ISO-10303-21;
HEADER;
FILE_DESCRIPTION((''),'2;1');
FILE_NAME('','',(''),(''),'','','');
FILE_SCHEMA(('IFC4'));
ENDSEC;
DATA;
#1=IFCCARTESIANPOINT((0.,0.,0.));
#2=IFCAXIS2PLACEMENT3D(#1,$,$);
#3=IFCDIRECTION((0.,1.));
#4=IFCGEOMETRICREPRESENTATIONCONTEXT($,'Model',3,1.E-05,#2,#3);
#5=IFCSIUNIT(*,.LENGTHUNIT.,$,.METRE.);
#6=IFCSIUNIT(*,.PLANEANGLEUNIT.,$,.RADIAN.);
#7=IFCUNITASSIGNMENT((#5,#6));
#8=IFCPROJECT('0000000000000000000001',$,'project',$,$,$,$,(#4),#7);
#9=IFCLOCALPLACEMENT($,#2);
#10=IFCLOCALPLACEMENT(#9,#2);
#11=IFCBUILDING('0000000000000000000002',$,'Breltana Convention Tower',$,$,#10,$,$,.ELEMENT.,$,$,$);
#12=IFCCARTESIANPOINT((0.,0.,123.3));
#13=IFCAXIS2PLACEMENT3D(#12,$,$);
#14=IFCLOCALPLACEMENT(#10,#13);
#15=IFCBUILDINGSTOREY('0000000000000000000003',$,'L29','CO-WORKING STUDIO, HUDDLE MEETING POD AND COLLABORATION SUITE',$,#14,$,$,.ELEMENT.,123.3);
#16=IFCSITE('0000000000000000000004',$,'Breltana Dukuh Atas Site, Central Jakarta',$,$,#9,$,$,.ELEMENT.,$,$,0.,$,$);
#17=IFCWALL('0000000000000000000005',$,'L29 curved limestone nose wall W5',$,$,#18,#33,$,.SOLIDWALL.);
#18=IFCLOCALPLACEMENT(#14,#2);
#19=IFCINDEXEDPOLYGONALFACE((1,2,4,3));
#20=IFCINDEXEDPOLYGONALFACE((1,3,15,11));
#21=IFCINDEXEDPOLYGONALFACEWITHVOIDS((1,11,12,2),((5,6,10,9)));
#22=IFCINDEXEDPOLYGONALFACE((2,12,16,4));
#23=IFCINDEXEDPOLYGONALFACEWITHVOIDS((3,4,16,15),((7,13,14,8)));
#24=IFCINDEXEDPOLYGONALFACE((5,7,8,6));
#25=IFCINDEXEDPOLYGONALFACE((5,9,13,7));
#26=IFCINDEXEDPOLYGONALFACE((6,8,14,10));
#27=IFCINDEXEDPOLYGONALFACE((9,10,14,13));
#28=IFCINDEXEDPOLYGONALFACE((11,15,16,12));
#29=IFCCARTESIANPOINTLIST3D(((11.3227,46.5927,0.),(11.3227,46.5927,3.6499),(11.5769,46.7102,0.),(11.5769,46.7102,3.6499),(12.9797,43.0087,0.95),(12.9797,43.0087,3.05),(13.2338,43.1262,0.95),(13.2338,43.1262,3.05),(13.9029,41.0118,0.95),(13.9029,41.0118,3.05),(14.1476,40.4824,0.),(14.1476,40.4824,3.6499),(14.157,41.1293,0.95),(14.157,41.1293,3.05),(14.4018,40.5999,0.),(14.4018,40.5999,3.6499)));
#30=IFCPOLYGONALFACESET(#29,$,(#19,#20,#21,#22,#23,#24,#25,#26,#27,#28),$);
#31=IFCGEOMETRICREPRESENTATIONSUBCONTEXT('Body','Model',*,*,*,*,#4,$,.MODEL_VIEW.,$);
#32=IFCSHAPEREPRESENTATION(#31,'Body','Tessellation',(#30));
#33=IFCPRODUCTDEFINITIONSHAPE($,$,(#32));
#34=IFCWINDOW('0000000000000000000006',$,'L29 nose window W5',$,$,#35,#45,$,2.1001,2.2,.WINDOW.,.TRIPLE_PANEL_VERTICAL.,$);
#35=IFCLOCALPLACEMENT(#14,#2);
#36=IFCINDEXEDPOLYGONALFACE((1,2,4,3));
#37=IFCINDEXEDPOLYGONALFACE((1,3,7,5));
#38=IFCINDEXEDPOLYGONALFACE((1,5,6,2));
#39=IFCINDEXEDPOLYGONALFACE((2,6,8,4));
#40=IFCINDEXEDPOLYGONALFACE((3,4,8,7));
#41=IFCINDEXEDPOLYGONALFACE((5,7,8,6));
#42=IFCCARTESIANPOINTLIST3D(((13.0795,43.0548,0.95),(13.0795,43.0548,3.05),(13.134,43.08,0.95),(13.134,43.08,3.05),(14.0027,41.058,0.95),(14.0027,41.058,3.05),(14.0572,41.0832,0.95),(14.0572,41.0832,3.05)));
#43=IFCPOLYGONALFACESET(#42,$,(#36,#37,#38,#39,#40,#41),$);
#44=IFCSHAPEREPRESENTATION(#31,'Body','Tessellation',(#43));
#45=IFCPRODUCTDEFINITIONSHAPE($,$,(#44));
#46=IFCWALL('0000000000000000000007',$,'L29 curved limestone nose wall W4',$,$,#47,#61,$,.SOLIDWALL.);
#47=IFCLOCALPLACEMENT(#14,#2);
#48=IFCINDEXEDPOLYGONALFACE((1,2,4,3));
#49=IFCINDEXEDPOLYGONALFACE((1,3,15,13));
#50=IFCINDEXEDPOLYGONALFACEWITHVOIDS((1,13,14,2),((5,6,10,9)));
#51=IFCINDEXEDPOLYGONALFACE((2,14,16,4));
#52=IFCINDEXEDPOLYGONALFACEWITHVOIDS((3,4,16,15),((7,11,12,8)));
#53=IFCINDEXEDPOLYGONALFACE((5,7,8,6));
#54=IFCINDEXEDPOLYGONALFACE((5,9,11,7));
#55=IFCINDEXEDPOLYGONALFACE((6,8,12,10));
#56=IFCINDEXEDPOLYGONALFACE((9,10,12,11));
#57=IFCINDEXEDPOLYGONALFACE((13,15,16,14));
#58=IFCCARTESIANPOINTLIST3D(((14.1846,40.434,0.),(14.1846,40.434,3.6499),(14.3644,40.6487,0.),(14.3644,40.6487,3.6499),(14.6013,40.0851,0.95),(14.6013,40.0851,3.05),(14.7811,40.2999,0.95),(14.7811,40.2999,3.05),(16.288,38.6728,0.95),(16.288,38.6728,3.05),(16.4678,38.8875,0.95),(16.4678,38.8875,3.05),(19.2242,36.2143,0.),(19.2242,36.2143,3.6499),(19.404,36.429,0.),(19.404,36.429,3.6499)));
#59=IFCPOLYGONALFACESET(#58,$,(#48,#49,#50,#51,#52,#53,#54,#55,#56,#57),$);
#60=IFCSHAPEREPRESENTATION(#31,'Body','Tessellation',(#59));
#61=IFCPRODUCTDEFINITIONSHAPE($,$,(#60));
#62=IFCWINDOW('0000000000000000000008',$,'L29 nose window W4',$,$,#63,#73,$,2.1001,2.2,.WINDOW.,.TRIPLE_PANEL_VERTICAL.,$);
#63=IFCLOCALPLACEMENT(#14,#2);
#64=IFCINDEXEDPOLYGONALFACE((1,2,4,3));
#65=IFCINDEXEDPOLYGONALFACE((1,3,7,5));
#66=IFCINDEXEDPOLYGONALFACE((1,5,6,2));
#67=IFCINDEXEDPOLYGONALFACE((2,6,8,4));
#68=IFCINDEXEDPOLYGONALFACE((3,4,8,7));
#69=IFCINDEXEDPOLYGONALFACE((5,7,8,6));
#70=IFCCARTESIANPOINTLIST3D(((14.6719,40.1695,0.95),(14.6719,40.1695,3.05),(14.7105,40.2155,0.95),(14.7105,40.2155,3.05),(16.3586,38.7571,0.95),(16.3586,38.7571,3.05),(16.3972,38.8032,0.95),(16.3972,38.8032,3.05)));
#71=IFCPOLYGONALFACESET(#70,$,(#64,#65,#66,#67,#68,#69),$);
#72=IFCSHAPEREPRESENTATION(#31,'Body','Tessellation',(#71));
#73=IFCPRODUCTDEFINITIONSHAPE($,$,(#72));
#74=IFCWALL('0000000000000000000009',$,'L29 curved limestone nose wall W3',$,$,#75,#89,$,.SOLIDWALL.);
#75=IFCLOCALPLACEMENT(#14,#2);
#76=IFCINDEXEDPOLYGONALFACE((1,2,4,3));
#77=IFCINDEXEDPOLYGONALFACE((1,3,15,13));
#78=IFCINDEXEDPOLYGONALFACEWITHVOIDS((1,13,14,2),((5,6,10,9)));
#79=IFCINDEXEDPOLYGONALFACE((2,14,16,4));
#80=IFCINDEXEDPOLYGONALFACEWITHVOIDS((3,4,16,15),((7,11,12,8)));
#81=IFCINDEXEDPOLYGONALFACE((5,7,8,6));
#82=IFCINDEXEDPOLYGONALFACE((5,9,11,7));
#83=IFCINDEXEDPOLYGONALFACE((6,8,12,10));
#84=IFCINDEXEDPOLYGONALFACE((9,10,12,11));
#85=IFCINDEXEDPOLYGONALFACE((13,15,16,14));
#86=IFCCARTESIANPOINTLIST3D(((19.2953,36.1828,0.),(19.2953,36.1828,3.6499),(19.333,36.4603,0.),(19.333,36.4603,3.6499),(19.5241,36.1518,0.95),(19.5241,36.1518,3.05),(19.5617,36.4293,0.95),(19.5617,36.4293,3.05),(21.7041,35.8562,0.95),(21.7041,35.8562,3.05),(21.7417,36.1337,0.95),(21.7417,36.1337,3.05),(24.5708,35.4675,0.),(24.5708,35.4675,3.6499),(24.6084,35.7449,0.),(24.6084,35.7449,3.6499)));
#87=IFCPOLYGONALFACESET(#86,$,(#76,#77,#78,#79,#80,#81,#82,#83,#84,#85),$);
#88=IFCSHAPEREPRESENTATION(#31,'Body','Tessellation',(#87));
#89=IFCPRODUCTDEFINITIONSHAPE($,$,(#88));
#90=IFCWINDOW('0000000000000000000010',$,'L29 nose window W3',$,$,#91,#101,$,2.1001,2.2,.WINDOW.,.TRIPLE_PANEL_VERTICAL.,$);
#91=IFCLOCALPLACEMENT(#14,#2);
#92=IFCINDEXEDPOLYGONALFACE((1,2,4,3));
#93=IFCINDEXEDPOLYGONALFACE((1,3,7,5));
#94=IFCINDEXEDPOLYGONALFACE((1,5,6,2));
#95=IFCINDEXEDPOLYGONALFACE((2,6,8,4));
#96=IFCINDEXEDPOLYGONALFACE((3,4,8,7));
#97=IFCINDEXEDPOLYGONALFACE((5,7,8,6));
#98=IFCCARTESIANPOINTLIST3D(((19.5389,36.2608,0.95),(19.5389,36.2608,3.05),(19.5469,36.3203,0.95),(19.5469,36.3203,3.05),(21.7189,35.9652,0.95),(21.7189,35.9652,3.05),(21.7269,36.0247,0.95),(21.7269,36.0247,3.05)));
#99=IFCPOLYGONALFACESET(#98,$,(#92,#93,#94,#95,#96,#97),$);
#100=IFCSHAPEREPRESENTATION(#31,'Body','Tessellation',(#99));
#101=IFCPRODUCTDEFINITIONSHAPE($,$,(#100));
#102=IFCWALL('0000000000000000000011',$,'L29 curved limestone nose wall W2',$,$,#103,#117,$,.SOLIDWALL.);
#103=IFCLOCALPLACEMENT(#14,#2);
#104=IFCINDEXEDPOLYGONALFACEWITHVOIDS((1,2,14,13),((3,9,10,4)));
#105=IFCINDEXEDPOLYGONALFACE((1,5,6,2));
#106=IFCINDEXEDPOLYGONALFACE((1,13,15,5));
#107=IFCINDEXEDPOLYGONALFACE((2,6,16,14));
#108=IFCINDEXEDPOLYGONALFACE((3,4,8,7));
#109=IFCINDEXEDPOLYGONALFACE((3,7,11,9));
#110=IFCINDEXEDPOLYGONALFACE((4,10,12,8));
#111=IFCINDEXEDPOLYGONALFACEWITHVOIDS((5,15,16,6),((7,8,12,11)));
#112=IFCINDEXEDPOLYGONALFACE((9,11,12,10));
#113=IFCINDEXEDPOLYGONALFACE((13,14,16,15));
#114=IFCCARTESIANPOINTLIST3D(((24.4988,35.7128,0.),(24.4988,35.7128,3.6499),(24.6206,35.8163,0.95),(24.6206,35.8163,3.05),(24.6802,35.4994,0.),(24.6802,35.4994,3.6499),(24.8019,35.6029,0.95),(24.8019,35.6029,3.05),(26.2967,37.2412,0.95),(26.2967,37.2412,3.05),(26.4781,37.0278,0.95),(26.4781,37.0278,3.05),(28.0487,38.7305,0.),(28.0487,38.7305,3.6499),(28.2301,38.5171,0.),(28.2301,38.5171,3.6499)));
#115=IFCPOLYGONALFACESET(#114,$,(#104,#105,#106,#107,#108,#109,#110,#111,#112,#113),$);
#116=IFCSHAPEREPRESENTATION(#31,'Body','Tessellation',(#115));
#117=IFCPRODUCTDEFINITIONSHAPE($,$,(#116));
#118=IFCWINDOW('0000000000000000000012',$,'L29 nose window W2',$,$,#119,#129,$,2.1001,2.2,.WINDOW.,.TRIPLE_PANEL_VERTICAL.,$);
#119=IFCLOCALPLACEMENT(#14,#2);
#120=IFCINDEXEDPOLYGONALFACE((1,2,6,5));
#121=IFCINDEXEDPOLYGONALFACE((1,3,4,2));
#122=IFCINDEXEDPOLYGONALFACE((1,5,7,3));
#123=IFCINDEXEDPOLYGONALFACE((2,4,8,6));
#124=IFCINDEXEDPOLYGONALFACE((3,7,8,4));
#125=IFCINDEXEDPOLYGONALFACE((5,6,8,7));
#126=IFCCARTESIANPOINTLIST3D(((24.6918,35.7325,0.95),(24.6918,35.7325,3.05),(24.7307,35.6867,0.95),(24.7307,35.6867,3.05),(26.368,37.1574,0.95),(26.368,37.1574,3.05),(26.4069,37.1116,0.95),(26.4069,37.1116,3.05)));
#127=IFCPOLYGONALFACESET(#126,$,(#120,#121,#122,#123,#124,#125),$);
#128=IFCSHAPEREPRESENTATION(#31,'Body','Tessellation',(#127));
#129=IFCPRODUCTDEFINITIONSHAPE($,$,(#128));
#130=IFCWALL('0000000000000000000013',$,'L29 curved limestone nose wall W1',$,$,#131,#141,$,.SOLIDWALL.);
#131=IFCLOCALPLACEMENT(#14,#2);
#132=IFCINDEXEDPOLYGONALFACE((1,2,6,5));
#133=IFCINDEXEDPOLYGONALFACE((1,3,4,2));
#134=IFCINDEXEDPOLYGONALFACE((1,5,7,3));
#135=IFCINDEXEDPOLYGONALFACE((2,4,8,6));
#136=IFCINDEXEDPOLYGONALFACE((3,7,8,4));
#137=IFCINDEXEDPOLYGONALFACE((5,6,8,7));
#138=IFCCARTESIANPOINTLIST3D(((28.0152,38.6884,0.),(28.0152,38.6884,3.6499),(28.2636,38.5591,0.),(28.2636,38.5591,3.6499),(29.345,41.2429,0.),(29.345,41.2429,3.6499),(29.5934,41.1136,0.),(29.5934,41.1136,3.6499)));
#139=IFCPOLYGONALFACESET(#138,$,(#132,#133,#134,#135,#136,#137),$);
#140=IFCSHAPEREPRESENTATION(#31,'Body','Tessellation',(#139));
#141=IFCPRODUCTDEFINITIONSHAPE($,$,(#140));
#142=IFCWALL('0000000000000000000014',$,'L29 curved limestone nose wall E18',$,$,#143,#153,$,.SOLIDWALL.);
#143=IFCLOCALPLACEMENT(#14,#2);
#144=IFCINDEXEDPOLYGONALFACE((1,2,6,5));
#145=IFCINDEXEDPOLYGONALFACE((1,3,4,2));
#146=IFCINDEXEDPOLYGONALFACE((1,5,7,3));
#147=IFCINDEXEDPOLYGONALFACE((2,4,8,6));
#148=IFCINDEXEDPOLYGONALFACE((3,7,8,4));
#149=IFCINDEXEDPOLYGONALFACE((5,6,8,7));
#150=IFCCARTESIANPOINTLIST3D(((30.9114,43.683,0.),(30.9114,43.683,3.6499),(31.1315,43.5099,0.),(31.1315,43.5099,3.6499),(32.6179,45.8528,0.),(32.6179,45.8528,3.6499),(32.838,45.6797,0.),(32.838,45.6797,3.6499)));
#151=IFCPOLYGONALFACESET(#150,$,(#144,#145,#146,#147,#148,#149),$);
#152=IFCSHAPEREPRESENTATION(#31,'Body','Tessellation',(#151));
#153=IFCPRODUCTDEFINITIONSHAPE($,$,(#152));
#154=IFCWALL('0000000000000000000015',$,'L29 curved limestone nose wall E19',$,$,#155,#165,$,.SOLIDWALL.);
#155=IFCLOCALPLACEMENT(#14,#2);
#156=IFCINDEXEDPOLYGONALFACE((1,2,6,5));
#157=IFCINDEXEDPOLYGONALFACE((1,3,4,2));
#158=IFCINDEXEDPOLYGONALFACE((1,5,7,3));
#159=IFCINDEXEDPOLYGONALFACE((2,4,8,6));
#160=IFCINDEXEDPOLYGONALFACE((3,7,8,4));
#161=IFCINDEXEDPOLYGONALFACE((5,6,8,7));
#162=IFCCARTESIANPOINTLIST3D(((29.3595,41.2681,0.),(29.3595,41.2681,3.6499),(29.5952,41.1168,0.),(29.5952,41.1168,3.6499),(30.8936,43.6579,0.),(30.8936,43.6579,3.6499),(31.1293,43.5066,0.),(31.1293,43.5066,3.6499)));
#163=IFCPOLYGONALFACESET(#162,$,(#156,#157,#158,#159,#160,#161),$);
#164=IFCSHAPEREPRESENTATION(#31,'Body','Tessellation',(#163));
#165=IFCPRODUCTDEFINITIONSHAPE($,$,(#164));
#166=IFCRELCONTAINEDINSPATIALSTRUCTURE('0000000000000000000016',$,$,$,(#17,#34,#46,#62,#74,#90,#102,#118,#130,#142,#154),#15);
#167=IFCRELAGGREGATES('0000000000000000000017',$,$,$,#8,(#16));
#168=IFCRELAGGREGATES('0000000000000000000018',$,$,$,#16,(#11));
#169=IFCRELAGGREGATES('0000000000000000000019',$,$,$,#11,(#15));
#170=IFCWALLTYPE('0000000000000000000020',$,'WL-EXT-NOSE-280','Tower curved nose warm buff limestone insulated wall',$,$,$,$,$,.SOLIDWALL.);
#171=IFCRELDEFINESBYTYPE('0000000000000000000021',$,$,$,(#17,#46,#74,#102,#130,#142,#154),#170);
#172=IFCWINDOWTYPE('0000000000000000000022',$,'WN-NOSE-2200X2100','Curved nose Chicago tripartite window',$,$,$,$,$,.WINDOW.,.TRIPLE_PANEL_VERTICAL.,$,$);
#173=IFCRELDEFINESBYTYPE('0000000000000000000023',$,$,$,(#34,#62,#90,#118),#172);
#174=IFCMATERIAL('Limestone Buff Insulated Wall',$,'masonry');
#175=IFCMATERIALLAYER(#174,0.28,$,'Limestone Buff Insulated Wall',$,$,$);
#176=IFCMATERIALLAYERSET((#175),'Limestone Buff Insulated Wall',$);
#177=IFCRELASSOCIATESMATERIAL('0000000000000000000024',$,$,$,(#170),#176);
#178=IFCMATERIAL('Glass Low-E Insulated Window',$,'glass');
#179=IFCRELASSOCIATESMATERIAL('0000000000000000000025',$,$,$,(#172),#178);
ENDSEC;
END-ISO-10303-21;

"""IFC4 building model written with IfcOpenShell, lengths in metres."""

from ifc_helpers import new_model, si_unit, direction, frame, frame_2d, origin, place, context, subcontext, project, spatial, rectangle, extrude, source, transform, mapped, material, layer, layer_set, type_object, type_shapes, element, fill, save


model = new_model("IFC4")

# Units and contexts
model_context = context("Model", 3, precision=1e-05, world=origin(), true_north=direction((0.0, 1.0)))
body_context = subcontext(model_context, "Body", "Model", "MODEL_VIEW")
ifc_project = project(units=[si_unit("LENGTHUNIT", "METRE"), si_unit("PLANEANGLEUNIT", "RADIAN")], contexts=[model_context])

# Site, building, storey
site_placement = place(None, origin())
site = spatial("IfcSite", under=ifc_project, at=site_placement, Name="Breltana Dukuh Atas Site, Central Jakarta", CompositionType="ELEMENT", RefElevation=0.0)
building_placement = place(site_placement, origin())
building = spatial("IfcBuilding", under=site, at=building_placement, Name="Breltana Convention Tower", CompositionType="ELEMENT")
storey_placement = place(building_placement, frame((0.0, 0.0, 123.3)))
storey = spatial("IfcBuildingStorey", under=building, at=storey_placement, Name="L29", Description="CO-WORKING STUDIO, HUDDLE MEETING POD AND COLLABORATION SUITE", CompositionType="ELEMENT", Elevation=123.3)

# Walls, openings, windows
ifc_material_1 = material(Name="Limestone Buff Insulated Wall", Category="masonry")
ifc_layer_1 = layer(ifc_material_1, 0.28, Name="Limestone Buff Insulated Wall")
ifc_layer_set_1 = layer_set([ifc_layer_1], Name="Limestone Buff Insulated Wall")
wall_type_1 = type_object("IfcWallType", Name="WL-EXT-NOSE-280", Description="Tower curved nose warm buff limestone insulated wall", PredefinedType="SOLIDWALL", material=ifc_layer_set_1)
shared_shape_1 = source(origin(), body_context, "Body", "SweptSolid", [
    extrude(rectangle(XDim=6.7317, YDim=0.28, at=frame_2d((3.3657, 0.0))), origin(), (0.0, 0.0, 1.0), 3.6499),
])
wall_1_placement = place(storey_placement, frame((14.2747, 40.5413, 0.0), z_axis=(0.0, 0.0, 1.0), x_axis=(-0.419645, 0.907689, 0.0)))
wall_1 = element("IfcWall", 1, at=wall_1_placement, inside=storey, type_object=wall_type_1, Name="L29 curved limestone nose wall W5", PredefinedType="SOLIDWALL", context=body_context, shape_type="MappedRepresentation", body=[
    mapped(shared_shape_1, transform((0.0, 0.0, 0.0), scale=1.0)),
])
opening_1_placement = place(wall_1_placement, frame((0.583, 0.0, 0.95)))
opening_1 = element("IfcOpeningElement", 2, at=opening_1_placement, cuts=wall_1, PredefinedType="OPENING", context=body_context, shape_type="SweptSolid", body=[
    extrude(rectangle(XDim=2.2, YDim=2.1001, at=frame_2d((1.1001, 1.05))), frame((0.0, 0.1499, 0.0), z_axis=(0.0, -1.0, 0.0), x_axis=(1.0, 0.0, 0.0)), (0.0, 0.0, 1.0), 0.3),
])
ifc_material_2 = material(Name="Glass Low-E Insulated Window", Category="glass")
window_type = type_object("IfcWindowType", Name="WN-NOSE-2200X2100", Description="Curved nose Chicago tripartite window", PartitioningType="TRIPLE_PANEL_VERTICAL", PredefinedType="WINDOW", material=ifc_material_2)
shared_shape_2 = source(origin(), body_context, "Body", "SweptSolid", [
    extrude(rectangle(XDim=2.2, YDim=2.1001, at=frame_2d((1.1001, 1.05))), frame((0.0, 0.03, 0.0), z_axis=(0.0, -1.0, 0.0), x_axis=(1.0, 0.0, 0.0)), (0.0, 0.0, 1.0), 0.0601),
])
type_shapes(window_type, [shared_shape_2])
window_1_placement = place(opening_1_placement, origin())
window_1 = element("IfcWindow", 3, at=window_1_placement, inside=storey, type_object=window_type, Name="L29 nose window W5", OverallHeight=2.1001, OverallWidth=2.2, PartitioningType="TRIPLE_PANEL_VERTICAL", PredefinedType="WINDOW", context=body_context, shape_type="MappedRepresentation", body=[
    mapped(shared_shape_2, transform((0.0, 0.0, 0.0), scale=1.0)),
])
fill(opening_1, window_1)
shared_shape_3 = source(origin(), body_context, "Body", "SweptSolid", [
    extrude(rectangle(XDim=6.573, YDim=0.28, at=frame_2d((3.2866, 0.0))), origin(), (0.0, 0.0, 1.0), 3.6499),
])
wall_2_placement = place(storey_placement, frame((19.3142, 36.3215, 0.0), z_axis=(0.0, 0.0, 1.0), x_axis=(-0.766715, 0.641987, 0.0)))
wall_2 = element("IfcWall", 4, at=wall_2_placement, inside=storey, type_object=wall_type_1, Name="L29 curved limestone nose wall W4", PredefinedType="SOLIDWALL", context=body_context, shape_type="MappedRepresentation", body=[
    mapped(shared_shape_3, transform((0.0, 0.0, 0.0), scale=1.0)),
])
opening_2_placement = place(wall_2_placement, frame((3.8296, 0.0, 0.95)))
opening_2 = element("IfcOpeningElement", 5, at=opening_2_placement, cuts=wall_2, PredefinedType="OPENING", context=body_context, shape_type="SweptSolid", body=[
    extrude(rectangle(XDim=2.2, YDim=2.1001, at=frame_2d((1.1001, 1.05))), frame((0.0, 0.1499, 0.0), z_axis=(0.0, -1.0, 0.0), x_axis=(1.0, 0.0, 0.0)), (0.0, 0.0, 1.0), 0.3),
])
window_2_placement = place(opening_2_placement, origin())
window_2 = element("IfcWindow", 6, at=window_2_placement, inside=storey, type_object=window_type, Name="L29 nose window W4", OverallHeight=2.1001, OverallWidth=2.2, PartitioningType="TRIPLE_PANEL_VERTICAL", PredefinedType="WINDOW", context=body_context, shape_type="MappedRepresentation", body=[
    mapped(shared_shape_2, transform((0.0, 0.0, 0.0), scale=1.0)),
])
fill(opening_2, window_2)
shared_shape_4 = source(origin(), body_context, "Body", "SweptSolid", [
    extrude(rectangle(XDim=5.3237, YDim=0.28, at=frame_2d((2.6619, 0.0))), origin(), (0.0, 0.0, 1.0), 3.6499),
])
wall_3_placement = place(storey_placement, frame((24.5896, 35.6062, 0.0), z_axis=(0.0, 0.0, 1.0), x_axis=(-0.990931, 0.134368, 0.0)))
wall_3 = element("IfcWall", 7, at=wall_3_placement, inside=storey, type_object=wall_type_1, Name="L29 curved limestone nose wall W3", PredefinedType="SOLIDWALL", context=body_context, shape_type="MappedRepresentation", body=[
    mapped(shared_shape_4, transform((0.0, 0.0, 0.0), scale=1.0)),
])
opening_3_placement = place(wall_3_placement, frame((2.8928, 0.0, 0.95)))
opening_3 = element("IfcOpeningElement", 8, at=opening_3_placement, cuts=wall_3, PredefinedType="OPENING", context=body_context, shape_type="SweptSolid", body=[
    extrude(rectangle(XDim=2.2, YDim=2.1001, at=frame_2d((1.1001, 1.05))), frame((0.0, 0.1499, 0.0), z_axis=(0.0, -1.0, 0.0), x_axis=(1.0, 0.0, 0.0)), (0.0, 0.0, 1.0), 0.3),
])
window_3_placement = place(opening_3_placement, origin())
window_3 = element("IfcWindow", 9, at=window_3_placement, inside=storey, type_object=window_type, Name="L29 nose window W3", OverallHeight=2.1001, OverallWidth=2.2, PartitioningType="TRIPLE_PANEL_VERTICAL", PredefinedType="WINDOW", context=body_context, shape_type="MappedRepresentation", body=[
    mapped(shared_shape_2, transform((0.0, 0.0, 0.0), scale=1.0)),
])
fill(opening_3, window_3)
shared_shape_5 = source(origin(), body_context, "Body", "SweptSolid", [
    extrude(rectangle(XDim=4.6592, YDim=0.28, at=frame_2d((2.3296, 0.0))), origin(), (0.0, 0.0, 1.0), 3.6499),
])
wall_4_placement = place(storey_placement, frame((28.1394, 38.6238, 0.0), z_axis=(0.0, 0.0, 1.0), x_axis=(-0.761913, -0.647679, 0.0)))
wall_4 = element("IfcWall", 10, at=wall_4_placement, inside=storey, type_object=wall_type_1, Name="L29 curved limestone nose wall W2", PredefinedType="SOLIDWALL", context=body_context, shape_type="MappedRepresentation", body=[
    mapped(shared_shape_5, transform((0.0, 0.0, 0.0), scale=1.0)),
])
opening_4_placement = place(wall_4_placement, frame((2.2993, 0.0, 0.95)))
opening_4 = element("IfcOpeningElement", 11, at=opening_4_placement, cuts=wall_4, PredefinedType="OPENING", context=body_context, shape_type="SweptSolid", body=[
    extrude(rectangle(XDim=2.2, YDim=2.1001, at=frame_2d((1.1001, 1.05))), frame((0.0, 0.1499, 0.0), z_axis=(0.0, -1.0, 0.0), x_axis=(1.0, 0.0, 0.0)), (0.0, 0.0, 1.0), 0.3),
])
window_4_placement = place(opening_4_placement, origin())
window_4 = element("IfcWindow", 12, at=window_4_placement, inside=storey, type_object=window_type, Name="L29 nose window W2", OverallHeight=2.1001, OverallWidth=2.2, PartitioningType="TRIPLE_PANEL_VERTICAL", PredefinedType="WINDOW", context=body_context, shape_type="MappedRepresentation", body=[
    mapped(shared_shape_2, transform((0.0, 0.0, 0.0), scale=1.0)),
])
fill(opening_4, window_4)

# Walls
shared_shape_6 = source(origin(), body_context, "Body", "SweptSolid", [
    extrude(rectangle(XDim=2.8799, YDim=0.28, at=frame_2d((1.4399, 0.0))), origin(), (0.0, 0.0, 1.0), 3.6499),
])
wall_5_placement = place(storey_placement, frame((29.4692, 41.1782, 0.0), z_axis=(0.0, 0.0, 1.0), x_axis=(-0.461769, -0.887, 0.0)))
element("IfcWall", 13, at=wall_5_placement, inside=storey, type_object=wall_type_1, Name="L29 curved limestone nose wall W1", PredefinedType="SOLIDWALL", context=body_context, shape_type="MappedRepresentation", body=[
    mapped(shared_shape_6, transform((0.0, 0.0, 0.0), scale=1.0)),
])
shared_shape_7 = source(origin(), body_context, "Body", "SweptSolid", [
    extrude(rectangle(XDim=2.7605, YDim=0.28, at=frame_2d((1.3804, 0.0))), origin(), (0.0, 0.0, 1.0), 3.6499),
])
wall_6_placement = place(storey_placement, frame((32.728, 45.7664, 0.0), z_axis=(0.0, 0.0, 1.0), x_axis=(-0.618181, -0.786036, 0.0)))
element("IfcWall", 14, at=wall_6_placement, inside=storey, type_object=wall_type_1, Name="L29 curved limestone nose wall E18", PredefinedType="SOLIDWALL", context=body_context, shape_type="MappedRepresentation", body=[
    mapped(shared_shape_7, transform((0.0, 0.0, 0.0), scale=1.0)),
])
shared_shape_8 = source(origin(), body_context, "Body", "SweptSolid", [
    extrude(rectangle(XDim=2.8398, YDim=0.28, at=frame_2d((1.4199, 0.0))), origin(), (0.0, 0.0, 1.0), 3.6499),
])
wall_7_placement = place(storey_placement, frame((31.0115, 43.5823, 0.0), z_axis=(0.0, 0.0, 1.0), x_axis=(-0.540214, -0.841527, 0.0)))
element("IfcWall", 15, at=wall_7_placement, inside=storey, type_object=wall_type_1, Name="L29 curved limestone nose wall E19", PredefinedType="SOLIDWALL", context=body_context, shape_type="MappedRepresentation", body=[
    mapped(shared_shape_8, transform((0.0, 0.0, 0.0), scale=1.0)),
])

save(model, "model.ifc")
